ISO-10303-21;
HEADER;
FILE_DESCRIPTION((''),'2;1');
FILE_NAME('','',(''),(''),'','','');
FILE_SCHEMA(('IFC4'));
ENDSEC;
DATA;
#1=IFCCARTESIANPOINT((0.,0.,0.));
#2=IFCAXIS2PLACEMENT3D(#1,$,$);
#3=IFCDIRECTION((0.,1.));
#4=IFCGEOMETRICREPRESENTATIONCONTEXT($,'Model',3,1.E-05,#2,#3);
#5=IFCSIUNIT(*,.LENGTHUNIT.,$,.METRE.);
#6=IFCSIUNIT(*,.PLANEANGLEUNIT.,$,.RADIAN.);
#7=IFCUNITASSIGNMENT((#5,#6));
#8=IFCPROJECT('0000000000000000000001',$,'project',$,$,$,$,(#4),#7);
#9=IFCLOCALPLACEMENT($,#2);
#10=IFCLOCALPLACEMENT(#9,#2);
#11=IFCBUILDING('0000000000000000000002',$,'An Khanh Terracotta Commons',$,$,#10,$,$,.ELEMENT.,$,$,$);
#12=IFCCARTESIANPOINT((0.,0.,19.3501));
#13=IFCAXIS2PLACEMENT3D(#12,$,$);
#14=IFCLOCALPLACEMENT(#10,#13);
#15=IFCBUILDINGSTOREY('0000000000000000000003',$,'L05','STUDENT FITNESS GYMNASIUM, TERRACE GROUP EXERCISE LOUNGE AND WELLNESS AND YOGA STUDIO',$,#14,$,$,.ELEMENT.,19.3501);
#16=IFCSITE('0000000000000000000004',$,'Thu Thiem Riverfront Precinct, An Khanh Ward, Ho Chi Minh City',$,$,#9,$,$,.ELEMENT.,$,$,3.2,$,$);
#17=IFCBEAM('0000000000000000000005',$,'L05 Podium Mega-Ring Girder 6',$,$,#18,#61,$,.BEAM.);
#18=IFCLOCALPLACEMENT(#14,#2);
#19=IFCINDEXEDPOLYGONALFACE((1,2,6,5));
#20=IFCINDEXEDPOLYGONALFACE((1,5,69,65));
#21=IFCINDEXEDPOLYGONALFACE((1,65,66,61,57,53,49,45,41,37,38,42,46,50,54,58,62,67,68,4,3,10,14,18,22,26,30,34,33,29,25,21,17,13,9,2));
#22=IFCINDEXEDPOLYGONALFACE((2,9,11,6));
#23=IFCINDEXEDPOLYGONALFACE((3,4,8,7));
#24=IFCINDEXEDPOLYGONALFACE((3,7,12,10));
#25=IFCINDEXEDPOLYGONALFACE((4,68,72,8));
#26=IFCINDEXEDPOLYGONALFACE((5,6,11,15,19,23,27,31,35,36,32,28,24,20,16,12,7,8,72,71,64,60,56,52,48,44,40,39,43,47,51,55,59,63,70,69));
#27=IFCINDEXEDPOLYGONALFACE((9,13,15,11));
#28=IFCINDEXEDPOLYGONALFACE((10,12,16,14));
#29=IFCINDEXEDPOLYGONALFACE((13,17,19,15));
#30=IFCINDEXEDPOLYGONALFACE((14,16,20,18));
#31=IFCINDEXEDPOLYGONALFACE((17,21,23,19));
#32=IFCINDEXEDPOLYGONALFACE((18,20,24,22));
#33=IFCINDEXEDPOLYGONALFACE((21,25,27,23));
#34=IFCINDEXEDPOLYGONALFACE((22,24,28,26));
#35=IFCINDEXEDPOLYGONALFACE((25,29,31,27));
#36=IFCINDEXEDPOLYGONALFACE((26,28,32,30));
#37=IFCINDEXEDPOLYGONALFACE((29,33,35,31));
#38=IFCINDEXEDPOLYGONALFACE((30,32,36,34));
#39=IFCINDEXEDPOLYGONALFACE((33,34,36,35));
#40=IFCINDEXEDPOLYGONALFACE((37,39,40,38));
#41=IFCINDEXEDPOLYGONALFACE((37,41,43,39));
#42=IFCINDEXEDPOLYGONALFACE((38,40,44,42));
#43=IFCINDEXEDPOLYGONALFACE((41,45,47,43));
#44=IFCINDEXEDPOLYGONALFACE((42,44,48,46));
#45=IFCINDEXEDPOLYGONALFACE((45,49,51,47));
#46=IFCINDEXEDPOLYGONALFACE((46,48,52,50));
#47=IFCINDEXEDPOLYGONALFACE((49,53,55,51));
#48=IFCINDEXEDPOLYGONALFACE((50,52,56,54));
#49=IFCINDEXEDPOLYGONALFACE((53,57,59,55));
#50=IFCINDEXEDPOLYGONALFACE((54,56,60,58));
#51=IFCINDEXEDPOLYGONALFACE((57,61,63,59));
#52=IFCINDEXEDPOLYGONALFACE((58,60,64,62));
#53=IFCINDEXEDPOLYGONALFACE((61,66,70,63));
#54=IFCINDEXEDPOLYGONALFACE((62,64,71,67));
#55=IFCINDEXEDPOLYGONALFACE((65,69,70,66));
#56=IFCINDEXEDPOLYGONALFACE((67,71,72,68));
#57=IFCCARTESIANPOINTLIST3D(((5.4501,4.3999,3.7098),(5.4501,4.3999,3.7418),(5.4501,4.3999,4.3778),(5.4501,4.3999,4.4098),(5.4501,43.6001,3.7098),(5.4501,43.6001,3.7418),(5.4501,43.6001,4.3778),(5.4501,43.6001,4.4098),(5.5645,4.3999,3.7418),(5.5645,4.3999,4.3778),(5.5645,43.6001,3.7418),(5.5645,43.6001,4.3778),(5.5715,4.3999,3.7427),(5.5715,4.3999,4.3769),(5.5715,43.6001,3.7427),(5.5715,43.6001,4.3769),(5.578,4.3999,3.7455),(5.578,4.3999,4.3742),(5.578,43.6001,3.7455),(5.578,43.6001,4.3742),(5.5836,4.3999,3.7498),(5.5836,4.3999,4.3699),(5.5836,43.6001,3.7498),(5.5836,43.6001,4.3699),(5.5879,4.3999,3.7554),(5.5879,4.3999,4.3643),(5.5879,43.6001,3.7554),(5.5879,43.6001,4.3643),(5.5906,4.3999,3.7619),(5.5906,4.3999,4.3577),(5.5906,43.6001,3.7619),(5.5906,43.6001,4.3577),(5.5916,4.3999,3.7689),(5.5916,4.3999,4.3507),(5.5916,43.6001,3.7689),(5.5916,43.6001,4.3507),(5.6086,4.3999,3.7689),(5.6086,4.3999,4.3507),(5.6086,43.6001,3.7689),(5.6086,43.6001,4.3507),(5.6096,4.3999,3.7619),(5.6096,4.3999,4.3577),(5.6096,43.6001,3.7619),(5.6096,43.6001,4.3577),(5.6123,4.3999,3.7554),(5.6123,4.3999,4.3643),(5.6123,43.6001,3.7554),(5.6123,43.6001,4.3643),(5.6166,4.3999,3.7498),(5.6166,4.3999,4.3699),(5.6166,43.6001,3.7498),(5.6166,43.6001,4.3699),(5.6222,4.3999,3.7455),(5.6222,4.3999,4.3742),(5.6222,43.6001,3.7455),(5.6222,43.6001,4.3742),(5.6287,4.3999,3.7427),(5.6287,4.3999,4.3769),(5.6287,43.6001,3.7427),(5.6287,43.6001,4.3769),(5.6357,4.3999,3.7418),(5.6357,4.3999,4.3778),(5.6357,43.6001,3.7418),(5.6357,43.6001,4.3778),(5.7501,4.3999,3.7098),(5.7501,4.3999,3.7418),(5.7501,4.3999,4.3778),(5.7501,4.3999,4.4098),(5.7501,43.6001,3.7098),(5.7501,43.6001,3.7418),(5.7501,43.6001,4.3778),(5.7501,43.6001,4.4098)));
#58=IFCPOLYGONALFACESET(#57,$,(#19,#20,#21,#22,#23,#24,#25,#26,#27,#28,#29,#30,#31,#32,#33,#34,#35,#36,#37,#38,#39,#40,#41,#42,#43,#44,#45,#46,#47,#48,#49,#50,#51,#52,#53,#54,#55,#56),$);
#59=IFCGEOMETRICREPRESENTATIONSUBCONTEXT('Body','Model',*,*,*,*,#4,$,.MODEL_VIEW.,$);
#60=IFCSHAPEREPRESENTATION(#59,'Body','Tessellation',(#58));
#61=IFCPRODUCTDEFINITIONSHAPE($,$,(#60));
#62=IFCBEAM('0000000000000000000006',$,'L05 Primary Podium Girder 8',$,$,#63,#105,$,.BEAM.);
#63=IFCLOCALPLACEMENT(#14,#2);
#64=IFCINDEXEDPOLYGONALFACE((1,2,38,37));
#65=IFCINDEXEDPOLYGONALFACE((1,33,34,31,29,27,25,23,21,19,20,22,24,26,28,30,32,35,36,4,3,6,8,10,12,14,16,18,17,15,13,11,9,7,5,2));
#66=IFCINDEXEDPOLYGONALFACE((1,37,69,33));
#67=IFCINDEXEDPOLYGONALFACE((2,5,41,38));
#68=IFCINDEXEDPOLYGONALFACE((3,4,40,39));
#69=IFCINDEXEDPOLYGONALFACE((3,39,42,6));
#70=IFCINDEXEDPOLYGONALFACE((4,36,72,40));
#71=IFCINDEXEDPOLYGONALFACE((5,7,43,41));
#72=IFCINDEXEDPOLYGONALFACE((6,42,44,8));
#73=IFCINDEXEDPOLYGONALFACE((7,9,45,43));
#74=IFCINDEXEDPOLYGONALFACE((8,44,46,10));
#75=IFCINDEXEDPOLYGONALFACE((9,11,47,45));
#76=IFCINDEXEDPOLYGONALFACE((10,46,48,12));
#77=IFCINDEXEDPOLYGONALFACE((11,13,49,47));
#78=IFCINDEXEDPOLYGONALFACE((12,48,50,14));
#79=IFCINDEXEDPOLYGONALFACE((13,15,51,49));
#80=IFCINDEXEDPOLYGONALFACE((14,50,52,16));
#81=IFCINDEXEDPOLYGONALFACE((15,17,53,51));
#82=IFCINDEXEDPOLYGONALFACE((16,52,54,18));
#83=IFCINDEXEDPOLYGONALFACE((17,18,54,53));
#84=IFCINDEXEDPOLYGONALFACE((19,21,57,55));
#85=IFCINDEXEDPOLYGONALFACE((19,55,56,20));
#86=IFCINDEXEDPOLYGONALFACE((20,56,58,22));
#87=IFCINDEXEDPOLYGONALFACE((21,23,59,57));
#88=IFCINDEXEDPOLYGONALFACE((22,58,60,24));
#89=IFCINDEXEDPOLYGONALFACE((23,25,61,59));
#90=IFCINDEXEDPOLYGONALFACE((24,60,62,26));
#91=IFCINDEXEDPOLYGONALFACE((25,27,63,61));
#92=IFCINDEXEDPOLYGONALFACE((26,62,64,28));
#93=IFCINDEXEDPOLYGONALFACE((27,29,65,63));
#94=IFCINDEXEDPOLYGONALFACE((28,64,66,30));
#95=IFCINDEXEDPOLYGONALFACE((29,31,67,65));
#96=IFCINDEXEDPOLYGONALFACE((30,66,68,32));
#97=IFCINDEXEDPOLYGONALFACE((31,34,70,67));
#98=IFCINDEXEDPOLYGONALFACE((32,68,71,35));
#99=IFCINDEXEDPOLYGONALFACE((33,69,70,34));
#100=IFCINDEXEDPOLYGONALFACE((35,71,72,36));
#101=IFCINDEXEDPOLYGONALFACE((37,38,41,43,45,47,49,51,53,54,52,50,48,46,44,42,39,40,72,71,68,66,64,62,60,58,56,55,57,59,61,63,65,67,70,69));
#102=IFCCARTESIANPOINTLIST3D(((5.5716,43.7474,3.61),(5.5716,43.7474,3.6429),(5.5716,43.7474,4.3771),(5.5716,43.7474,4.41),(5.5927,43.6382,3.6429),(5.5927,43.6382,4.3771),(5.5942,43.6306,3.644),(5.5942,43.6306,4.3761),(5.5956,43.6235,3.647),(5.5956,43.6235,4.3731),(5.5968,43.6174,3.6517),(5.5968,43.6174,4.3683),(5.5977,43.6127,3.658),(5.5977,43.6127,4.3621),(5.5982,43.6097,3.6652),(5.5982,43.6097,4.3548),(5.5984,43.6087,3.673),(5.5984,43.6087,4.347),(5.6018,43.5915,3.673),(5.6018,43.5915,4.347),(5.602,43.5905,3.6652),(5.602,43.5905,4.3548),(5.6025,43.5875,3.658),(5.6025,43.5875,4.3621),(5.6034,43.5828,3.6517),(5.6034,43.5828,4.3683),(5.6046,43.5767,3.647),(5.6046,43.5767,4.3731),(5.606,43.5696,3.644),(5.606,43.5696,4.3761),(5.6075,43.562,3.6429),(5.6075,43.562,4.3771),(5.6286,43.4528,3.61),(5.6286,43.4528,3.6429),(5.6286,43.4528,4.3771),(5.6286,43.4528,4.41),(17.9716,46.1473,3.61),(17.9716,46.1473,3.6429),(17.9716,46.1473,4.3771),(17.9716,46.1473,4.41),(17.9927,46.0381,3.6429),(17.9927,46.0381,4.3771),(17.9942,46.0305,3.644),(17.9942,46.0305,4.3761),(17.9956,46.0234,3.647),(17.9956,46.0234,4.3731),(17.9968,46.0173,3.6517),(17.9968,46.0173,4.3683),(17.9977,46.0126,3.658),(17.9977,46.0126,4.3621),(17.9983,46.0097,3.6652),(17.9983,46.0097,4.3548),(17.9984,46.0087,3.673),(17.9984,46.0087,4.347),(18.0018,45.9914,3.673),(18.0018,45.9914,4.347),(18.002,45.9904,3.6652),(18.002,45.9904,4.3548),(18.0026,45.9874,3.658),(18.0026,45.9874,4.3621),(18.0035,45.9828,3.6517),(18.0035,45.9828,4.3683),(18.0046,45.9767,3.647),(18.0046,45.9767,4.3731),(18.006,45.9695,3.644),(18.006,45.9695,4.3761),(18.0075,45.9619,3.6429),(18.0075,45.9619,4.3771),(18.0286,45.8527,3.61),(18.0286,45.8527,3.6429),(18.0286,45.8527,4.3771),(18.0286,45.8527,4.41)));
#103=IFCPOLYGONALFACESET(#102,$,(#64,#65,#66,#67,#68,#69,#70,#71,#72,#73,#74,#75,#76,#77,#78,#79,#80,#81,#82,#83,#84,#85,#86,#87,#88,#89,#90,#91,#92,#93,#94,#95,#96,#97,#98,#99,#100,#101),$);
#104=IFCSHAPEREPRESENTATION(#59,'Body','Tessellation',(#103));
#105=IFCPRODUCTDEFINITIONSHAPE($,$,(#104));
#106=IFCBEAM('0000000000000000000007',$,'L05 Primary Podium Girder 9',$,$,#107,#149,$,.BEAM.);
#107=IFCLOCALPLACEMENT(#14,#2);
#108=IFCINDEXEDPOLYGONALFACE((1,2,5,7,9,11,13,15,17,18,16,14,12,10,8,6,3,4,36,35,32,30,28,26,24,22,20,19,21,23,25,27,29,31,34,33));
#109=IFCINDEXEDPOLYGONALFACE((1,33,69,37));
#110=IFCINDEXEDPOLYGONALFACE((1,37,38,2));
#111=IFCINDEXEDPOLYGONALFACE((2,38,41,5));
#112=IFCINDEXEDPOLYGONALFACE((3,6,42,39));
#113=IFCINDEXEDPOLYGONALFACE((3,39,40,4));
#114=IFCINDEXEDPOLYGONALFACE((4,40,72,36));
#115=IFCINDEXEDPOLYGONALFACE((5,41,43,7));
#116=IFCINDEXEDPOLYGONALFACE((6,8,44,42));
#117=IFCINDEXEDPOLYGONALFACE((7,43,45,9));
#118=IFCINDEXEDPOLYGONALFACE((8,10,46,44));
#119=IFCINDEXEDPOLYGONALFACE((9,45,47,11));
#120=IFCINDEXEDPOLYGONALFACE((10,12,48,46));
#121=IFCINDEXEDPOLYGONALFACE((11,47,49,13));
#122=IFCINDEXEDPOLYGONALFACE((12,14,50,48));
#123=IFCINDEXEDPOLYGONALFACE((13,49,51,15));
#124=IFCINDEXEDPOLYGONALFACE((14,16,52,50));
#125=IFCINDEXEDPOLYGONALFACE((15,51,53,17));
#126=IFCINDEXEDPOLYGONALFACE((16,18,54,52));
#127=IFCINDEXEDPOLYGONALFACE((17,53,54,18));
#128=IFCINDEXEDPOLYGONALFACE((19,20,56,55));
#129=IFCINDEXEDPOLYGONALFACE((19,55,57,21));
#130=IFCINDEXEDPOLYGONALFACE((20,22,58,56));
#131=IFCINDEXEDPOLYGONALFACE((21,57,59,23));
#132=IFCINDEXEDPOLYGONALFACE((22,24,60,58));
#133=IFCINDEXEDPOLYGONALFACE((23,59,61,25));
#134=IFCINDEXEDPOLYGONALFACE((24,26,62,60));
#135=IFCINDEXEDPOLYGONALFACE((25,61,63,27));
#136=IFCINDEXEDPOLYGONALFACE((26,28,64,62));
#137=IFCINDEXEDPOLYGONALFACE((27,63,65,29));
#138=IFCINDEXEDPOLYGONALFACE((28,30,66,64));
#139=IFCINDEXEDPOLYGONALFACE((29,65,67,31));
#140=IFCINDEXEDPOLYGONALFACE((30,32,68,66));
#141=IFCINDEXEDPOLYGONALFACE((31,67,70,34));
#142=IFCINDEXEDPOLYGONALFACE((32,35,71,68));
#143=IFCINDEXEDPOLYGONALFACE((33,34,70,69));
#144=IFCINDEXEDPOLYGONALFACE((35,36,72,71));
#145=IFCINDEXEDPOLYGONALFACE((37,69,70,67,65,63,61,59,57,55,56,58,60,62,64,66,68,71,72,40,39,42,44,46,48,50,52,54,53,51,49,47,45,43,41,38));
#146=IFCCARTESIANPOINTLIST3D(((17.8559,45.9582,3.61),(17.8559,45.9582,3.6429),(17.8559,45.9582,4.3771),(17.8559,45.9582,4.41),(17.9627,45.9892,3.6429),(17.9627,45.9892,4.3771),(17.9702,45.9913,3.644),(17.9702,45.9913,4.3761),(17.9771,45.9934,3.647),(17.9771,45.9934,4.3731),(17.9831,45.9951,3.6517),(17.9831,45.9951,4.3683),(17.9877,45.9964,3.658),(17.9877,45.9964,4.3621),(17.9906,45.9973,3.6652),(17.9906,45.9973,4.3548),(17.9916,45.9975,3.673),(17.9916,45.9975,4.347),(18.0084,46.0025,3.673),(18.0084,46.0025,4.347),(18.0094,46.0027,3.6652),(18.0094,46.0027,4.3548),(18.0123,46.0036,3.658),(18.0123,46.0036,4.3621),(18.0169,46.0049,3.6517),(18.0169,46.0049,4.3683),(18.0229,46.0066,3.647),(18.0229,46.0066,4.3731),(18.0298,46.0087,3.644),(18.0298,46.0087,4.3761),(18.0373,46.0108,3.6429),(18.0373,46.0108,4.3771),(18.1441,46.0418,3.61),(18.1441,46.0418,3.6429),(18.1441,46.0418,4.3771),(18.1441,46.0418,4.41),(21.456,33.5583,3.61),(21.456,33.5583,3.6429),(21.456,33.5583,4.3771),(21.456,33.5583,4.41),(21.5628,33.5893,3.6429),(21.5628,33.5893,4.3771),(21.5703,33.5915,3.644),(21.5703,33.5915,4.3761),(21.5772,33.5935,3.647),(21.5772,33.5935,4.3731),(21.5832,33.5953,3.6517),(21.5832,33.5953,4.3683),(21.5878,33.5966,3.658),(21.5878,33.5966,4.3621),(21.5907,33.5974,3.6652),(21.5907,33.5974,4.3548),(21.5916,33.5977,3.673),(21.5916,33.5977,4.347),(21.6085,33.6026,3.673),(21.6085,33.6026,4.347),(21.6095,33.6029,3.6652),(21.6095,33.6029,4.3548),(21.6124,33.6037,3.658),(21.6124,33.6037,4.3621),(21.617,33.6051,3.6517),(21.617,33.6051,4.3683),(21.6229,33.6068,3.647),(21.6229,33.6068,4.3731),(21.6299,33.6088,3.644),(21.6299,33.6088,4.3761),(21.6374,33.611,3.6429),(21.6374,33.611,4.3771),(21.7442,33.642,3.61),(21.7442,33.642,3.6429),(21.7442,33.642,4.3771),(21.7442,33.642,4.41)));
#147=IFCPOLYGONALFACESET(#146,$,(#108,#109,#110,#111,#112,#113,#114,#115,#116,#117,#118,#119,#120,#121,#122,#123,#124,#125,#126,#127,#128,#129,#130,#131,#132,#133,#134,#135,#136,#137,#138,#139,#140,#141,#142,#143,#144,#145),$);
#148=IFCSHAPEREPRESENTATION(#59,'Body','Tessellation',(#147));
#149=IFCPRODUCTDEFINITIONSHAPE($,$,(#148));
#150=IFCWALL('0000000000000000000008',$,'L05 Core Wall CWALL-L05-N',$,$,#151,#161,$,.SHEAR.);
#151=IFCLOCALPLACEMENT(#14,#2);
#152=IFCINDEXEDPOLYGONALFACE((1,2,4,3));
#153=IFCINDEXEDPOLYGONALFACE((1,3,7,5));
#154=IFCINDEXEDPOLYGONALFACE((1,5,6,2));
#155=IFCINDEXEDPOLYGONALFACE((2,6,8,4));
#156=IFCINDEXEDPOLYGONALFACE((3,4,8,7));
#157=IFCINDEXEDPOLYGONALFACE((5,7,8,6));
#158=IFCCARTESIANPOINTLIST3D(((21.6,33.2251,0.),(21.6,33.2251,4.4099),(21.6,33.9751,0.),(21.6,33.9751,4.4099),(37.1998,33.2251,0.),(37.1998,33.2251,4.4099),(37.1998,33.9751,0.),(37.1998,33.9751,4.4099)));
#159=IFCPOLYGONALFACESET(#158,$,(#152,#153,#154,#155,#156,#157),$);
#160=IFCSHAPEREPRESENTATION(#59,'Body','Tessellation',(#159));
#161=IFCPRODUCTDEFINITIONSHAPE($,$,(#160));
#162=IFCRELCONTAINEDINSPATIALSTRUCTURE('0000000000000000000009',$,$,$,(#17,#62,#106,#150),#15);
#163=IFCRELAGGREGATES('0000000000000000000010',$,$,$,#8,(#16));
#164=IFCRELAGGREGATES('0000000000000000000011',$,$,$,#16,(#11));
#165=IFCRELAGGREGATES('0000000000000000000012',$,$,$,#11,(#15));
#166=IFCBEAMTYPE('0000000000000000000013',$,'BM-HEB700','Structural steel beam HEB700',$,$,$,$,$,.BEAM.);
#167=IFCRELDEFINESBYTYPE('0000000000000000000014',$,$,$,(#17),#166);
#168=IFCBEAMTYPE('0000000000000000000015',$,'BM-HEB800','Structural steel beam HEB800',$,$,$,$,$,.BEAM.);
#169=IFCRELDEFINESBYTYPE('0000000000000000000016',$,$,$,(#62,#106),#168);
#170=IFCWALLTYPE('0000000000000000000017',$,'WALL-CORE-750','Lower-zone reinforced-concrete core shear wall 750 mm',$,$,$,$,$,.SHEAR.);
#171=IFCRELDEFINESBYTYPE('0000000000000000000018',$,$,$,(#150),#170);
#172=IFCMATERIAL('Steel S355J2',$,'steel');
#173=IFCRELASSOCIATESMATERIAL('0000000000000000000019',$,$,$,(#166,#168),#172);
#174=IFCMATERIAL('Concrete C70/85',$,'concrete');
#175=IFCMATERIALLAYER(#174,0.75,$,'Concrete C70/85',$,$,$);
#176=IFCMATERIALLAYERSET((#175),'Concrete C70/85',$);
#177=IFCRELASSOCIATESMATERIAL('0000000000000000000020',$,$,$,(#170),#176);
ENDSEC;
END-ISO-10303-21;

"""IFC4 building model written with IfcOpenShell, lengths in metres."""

from ifc_helpers import new_model, si_unit, direction, frame, frame_2d, origin, origin_2d, place, context, subcontext, project, spatial, rectangle, i_section, extrude, material, layer, layer_set, material_profile, profile_set, type_object, element, save


model = new_model("IFC4")

# Units and contexts
model_context = context("Model", 3, precision=1e-05, world=origin(), true_north=direction((0.0, 1.0)))
body_context = subcontext(model_context, "Body", "Model", "MODEL_VIEW")
ifc_project = project(units=[si_unit("LENGTHUNIT", "METRE"), si_unit("PLANEANGLEUNIT", "RADIAN")], contexts=[model_context])

# Site, building, storey
site_placement = place(None, origin())
site = spatial("IfcSite", under=ifc_project, at=site_placement, Name="Thu Thiem Riverfront Precinct, An Khanh Ward, Ho Chi Minh City", CompositionType="ELEMENT", RefElevation=3.2)
building_placement = place(site_placement, origin())
building = spatial("IfcBuilding", under=site, at=building_placement, Name="An Khanh Terracotta Commons", CompositionType="ELEMENT")
storey_placement = place(building_placement, frame((0.0, 0.0, 19.3501)))
storey = spatial("IfcBuildingStorey", under=building, at=storey_placement, Name="L05", Description="STUDENT FITNESS GYMNASIUM, TERRACE GROUP EXERCISE LOUNGE AND WELLNESS AND YOGA STUDIO", CompositionType="ELEMENT", Elevation=19.3501)

# Shared definitions
ifc_material_1 = material(Name="Concrete C70/85", Category="concrete")

# Beams
ifc_material_2 = material(Name="Steel S355J2", Category="steel")
ifc_material_profile_1 = material_profile(ifc_material_2, i_section(OverallWidth=0.3, OverallDepth=0.7, WebThickness=0.0171, FlangeThickness=0.032, FilletRadius=0.0271, at=origin_2d()), Name="HEB700")
ifc_profile_set_1 = profile_set([ifc_material_profile_1], Name="Steel S355J2")
beam_type_1 = type_object("IfcBeamType", Name="BM-HEB700", Description="Structural steel beam HEB700", PredefinedType="BEAM", material=ifc_profile_set_1)
beam_1_placement = place(storey_placement, frame((5.6001, 43.6001, 4.0598), z_axis=(0.0, -1.0, 0.0), x_axis=(1.0, 0.0, 0.0)))
element("IfcBeam", 1, at=beam_1_placement, inside=storey, type_object=beam_type_1, Name="L05 Podium Mega-Ring Girder 6", PredefinedType="BEAM", context=body_context, shape_type="SweptSolid", body=[
    extrude(i_section(OverallWidth=0.3, OverallDepth=0.7, WebThickness=0.0171, FlangeThickness=0.032, FilletRadius=0.0271, at=origin_2d()), origin(), (0.0, 0.0, 1.0), 39.2002),
])
ifc_material_profile_2 = material_profile(ifc_material_2, i_section(OverallWidth=0.3, OverallDepth=0.8, WebThickness=0.0176, FlangeThickness=0.033, FilletRadius=0.03, at=origin_2d()), Name="HEB800")
ifc_profile_set_2 = profile_set([ifc_material_profile_2], Name="Steel S355J2")
beam_type_2 = type_object("IfcBeamType", Name="BM-HEB800", Description="Structural steel beam HEB800", PredefinedType="BEAM", material=ifc_profile_set_2)
beam_2_placement = place(storey_placement, frame((5.6001, 43.6001, 4.01), z_axis=(0.981781, 0.190016, 0.0), x_axis=(-0.190016, 0.981781, 0.0)))
element("IfcBeam", 2, at=beam_2_placement, inside=storey, type_object=beam_type_2, Name="L05 Primary Podium Girder 8", PredefinedType="BEAM", context=body_context, shape_type="SweptSolid", body=[
    extrude(i_section(OverallWidth=0.3, OverallDepth=0.8, WebThickness=0.0176, FlangeThickness=0.033, FilletRadius=0.03, at=origin_2d()), origin(), (0.0, 0.0, 1.0), 12.6301),
])
beam_3_placement = place(storey_placement, frame((18.0, 46.0, 4.01), z_axis=(0.278819, -0.960344, 0.0), x_axis=(0.960344, 0.278819, 0.0)))
element("IfcBeam", 3, at=beam_3_placement, inside=storey, type_object=beam_type_2, Name="L05 Primary Podium Girder 9", PredefinedType="BEAM", context=body_context, shape_type="SweptSolid", body=[
    extrude(i_section(OverallWidth=0.3, OverallDepth=0.8, WebThickness=0.0176, FlangeThickness=0.033, FilletRadius=0.03, at=origin_2d()), origin(), (0.0, 0.0, 1.0), 12.9119),
])

# Wall
ifc_layer_1 = layer(ifc_material_1, 0.75, Name="Concrete C70/85")
ifc_layer_set_1 = layer_set([ifc_layer_1], Name="Concrete C70/85")
wall_type_1 = type_object("IfcWallType", Name="WALL-CORE-750", Description="Lower-zone reinforced-concrete core shear wall 750 mm", PredefinedType="SHEAR", material=ifc_layer_set_1)
wall_1_placement = place(storey_placement, frame((21.6001, 33.6001, 0.0), z_axis=(0.0, 0.0, 1.0), x_axis=(1.0, 0.0, 0.0)))
element("IfcWall", 4, at=wall_1_placement, inside=storey, type_object=wall_type_1, Name="L05 Core Wall CWALL-L05-N", PredefinedType="SHEAR", context=body_context, shape_type="SweptSolid", body=[
    extrude(rectangle(XDim=15.5999, YDim=0.75, at=frame_2d((7.7998, 0.0))), origin(), (0.0, 0.0, 1.0), 4.4099),
])

save(model, "model.ifc")
